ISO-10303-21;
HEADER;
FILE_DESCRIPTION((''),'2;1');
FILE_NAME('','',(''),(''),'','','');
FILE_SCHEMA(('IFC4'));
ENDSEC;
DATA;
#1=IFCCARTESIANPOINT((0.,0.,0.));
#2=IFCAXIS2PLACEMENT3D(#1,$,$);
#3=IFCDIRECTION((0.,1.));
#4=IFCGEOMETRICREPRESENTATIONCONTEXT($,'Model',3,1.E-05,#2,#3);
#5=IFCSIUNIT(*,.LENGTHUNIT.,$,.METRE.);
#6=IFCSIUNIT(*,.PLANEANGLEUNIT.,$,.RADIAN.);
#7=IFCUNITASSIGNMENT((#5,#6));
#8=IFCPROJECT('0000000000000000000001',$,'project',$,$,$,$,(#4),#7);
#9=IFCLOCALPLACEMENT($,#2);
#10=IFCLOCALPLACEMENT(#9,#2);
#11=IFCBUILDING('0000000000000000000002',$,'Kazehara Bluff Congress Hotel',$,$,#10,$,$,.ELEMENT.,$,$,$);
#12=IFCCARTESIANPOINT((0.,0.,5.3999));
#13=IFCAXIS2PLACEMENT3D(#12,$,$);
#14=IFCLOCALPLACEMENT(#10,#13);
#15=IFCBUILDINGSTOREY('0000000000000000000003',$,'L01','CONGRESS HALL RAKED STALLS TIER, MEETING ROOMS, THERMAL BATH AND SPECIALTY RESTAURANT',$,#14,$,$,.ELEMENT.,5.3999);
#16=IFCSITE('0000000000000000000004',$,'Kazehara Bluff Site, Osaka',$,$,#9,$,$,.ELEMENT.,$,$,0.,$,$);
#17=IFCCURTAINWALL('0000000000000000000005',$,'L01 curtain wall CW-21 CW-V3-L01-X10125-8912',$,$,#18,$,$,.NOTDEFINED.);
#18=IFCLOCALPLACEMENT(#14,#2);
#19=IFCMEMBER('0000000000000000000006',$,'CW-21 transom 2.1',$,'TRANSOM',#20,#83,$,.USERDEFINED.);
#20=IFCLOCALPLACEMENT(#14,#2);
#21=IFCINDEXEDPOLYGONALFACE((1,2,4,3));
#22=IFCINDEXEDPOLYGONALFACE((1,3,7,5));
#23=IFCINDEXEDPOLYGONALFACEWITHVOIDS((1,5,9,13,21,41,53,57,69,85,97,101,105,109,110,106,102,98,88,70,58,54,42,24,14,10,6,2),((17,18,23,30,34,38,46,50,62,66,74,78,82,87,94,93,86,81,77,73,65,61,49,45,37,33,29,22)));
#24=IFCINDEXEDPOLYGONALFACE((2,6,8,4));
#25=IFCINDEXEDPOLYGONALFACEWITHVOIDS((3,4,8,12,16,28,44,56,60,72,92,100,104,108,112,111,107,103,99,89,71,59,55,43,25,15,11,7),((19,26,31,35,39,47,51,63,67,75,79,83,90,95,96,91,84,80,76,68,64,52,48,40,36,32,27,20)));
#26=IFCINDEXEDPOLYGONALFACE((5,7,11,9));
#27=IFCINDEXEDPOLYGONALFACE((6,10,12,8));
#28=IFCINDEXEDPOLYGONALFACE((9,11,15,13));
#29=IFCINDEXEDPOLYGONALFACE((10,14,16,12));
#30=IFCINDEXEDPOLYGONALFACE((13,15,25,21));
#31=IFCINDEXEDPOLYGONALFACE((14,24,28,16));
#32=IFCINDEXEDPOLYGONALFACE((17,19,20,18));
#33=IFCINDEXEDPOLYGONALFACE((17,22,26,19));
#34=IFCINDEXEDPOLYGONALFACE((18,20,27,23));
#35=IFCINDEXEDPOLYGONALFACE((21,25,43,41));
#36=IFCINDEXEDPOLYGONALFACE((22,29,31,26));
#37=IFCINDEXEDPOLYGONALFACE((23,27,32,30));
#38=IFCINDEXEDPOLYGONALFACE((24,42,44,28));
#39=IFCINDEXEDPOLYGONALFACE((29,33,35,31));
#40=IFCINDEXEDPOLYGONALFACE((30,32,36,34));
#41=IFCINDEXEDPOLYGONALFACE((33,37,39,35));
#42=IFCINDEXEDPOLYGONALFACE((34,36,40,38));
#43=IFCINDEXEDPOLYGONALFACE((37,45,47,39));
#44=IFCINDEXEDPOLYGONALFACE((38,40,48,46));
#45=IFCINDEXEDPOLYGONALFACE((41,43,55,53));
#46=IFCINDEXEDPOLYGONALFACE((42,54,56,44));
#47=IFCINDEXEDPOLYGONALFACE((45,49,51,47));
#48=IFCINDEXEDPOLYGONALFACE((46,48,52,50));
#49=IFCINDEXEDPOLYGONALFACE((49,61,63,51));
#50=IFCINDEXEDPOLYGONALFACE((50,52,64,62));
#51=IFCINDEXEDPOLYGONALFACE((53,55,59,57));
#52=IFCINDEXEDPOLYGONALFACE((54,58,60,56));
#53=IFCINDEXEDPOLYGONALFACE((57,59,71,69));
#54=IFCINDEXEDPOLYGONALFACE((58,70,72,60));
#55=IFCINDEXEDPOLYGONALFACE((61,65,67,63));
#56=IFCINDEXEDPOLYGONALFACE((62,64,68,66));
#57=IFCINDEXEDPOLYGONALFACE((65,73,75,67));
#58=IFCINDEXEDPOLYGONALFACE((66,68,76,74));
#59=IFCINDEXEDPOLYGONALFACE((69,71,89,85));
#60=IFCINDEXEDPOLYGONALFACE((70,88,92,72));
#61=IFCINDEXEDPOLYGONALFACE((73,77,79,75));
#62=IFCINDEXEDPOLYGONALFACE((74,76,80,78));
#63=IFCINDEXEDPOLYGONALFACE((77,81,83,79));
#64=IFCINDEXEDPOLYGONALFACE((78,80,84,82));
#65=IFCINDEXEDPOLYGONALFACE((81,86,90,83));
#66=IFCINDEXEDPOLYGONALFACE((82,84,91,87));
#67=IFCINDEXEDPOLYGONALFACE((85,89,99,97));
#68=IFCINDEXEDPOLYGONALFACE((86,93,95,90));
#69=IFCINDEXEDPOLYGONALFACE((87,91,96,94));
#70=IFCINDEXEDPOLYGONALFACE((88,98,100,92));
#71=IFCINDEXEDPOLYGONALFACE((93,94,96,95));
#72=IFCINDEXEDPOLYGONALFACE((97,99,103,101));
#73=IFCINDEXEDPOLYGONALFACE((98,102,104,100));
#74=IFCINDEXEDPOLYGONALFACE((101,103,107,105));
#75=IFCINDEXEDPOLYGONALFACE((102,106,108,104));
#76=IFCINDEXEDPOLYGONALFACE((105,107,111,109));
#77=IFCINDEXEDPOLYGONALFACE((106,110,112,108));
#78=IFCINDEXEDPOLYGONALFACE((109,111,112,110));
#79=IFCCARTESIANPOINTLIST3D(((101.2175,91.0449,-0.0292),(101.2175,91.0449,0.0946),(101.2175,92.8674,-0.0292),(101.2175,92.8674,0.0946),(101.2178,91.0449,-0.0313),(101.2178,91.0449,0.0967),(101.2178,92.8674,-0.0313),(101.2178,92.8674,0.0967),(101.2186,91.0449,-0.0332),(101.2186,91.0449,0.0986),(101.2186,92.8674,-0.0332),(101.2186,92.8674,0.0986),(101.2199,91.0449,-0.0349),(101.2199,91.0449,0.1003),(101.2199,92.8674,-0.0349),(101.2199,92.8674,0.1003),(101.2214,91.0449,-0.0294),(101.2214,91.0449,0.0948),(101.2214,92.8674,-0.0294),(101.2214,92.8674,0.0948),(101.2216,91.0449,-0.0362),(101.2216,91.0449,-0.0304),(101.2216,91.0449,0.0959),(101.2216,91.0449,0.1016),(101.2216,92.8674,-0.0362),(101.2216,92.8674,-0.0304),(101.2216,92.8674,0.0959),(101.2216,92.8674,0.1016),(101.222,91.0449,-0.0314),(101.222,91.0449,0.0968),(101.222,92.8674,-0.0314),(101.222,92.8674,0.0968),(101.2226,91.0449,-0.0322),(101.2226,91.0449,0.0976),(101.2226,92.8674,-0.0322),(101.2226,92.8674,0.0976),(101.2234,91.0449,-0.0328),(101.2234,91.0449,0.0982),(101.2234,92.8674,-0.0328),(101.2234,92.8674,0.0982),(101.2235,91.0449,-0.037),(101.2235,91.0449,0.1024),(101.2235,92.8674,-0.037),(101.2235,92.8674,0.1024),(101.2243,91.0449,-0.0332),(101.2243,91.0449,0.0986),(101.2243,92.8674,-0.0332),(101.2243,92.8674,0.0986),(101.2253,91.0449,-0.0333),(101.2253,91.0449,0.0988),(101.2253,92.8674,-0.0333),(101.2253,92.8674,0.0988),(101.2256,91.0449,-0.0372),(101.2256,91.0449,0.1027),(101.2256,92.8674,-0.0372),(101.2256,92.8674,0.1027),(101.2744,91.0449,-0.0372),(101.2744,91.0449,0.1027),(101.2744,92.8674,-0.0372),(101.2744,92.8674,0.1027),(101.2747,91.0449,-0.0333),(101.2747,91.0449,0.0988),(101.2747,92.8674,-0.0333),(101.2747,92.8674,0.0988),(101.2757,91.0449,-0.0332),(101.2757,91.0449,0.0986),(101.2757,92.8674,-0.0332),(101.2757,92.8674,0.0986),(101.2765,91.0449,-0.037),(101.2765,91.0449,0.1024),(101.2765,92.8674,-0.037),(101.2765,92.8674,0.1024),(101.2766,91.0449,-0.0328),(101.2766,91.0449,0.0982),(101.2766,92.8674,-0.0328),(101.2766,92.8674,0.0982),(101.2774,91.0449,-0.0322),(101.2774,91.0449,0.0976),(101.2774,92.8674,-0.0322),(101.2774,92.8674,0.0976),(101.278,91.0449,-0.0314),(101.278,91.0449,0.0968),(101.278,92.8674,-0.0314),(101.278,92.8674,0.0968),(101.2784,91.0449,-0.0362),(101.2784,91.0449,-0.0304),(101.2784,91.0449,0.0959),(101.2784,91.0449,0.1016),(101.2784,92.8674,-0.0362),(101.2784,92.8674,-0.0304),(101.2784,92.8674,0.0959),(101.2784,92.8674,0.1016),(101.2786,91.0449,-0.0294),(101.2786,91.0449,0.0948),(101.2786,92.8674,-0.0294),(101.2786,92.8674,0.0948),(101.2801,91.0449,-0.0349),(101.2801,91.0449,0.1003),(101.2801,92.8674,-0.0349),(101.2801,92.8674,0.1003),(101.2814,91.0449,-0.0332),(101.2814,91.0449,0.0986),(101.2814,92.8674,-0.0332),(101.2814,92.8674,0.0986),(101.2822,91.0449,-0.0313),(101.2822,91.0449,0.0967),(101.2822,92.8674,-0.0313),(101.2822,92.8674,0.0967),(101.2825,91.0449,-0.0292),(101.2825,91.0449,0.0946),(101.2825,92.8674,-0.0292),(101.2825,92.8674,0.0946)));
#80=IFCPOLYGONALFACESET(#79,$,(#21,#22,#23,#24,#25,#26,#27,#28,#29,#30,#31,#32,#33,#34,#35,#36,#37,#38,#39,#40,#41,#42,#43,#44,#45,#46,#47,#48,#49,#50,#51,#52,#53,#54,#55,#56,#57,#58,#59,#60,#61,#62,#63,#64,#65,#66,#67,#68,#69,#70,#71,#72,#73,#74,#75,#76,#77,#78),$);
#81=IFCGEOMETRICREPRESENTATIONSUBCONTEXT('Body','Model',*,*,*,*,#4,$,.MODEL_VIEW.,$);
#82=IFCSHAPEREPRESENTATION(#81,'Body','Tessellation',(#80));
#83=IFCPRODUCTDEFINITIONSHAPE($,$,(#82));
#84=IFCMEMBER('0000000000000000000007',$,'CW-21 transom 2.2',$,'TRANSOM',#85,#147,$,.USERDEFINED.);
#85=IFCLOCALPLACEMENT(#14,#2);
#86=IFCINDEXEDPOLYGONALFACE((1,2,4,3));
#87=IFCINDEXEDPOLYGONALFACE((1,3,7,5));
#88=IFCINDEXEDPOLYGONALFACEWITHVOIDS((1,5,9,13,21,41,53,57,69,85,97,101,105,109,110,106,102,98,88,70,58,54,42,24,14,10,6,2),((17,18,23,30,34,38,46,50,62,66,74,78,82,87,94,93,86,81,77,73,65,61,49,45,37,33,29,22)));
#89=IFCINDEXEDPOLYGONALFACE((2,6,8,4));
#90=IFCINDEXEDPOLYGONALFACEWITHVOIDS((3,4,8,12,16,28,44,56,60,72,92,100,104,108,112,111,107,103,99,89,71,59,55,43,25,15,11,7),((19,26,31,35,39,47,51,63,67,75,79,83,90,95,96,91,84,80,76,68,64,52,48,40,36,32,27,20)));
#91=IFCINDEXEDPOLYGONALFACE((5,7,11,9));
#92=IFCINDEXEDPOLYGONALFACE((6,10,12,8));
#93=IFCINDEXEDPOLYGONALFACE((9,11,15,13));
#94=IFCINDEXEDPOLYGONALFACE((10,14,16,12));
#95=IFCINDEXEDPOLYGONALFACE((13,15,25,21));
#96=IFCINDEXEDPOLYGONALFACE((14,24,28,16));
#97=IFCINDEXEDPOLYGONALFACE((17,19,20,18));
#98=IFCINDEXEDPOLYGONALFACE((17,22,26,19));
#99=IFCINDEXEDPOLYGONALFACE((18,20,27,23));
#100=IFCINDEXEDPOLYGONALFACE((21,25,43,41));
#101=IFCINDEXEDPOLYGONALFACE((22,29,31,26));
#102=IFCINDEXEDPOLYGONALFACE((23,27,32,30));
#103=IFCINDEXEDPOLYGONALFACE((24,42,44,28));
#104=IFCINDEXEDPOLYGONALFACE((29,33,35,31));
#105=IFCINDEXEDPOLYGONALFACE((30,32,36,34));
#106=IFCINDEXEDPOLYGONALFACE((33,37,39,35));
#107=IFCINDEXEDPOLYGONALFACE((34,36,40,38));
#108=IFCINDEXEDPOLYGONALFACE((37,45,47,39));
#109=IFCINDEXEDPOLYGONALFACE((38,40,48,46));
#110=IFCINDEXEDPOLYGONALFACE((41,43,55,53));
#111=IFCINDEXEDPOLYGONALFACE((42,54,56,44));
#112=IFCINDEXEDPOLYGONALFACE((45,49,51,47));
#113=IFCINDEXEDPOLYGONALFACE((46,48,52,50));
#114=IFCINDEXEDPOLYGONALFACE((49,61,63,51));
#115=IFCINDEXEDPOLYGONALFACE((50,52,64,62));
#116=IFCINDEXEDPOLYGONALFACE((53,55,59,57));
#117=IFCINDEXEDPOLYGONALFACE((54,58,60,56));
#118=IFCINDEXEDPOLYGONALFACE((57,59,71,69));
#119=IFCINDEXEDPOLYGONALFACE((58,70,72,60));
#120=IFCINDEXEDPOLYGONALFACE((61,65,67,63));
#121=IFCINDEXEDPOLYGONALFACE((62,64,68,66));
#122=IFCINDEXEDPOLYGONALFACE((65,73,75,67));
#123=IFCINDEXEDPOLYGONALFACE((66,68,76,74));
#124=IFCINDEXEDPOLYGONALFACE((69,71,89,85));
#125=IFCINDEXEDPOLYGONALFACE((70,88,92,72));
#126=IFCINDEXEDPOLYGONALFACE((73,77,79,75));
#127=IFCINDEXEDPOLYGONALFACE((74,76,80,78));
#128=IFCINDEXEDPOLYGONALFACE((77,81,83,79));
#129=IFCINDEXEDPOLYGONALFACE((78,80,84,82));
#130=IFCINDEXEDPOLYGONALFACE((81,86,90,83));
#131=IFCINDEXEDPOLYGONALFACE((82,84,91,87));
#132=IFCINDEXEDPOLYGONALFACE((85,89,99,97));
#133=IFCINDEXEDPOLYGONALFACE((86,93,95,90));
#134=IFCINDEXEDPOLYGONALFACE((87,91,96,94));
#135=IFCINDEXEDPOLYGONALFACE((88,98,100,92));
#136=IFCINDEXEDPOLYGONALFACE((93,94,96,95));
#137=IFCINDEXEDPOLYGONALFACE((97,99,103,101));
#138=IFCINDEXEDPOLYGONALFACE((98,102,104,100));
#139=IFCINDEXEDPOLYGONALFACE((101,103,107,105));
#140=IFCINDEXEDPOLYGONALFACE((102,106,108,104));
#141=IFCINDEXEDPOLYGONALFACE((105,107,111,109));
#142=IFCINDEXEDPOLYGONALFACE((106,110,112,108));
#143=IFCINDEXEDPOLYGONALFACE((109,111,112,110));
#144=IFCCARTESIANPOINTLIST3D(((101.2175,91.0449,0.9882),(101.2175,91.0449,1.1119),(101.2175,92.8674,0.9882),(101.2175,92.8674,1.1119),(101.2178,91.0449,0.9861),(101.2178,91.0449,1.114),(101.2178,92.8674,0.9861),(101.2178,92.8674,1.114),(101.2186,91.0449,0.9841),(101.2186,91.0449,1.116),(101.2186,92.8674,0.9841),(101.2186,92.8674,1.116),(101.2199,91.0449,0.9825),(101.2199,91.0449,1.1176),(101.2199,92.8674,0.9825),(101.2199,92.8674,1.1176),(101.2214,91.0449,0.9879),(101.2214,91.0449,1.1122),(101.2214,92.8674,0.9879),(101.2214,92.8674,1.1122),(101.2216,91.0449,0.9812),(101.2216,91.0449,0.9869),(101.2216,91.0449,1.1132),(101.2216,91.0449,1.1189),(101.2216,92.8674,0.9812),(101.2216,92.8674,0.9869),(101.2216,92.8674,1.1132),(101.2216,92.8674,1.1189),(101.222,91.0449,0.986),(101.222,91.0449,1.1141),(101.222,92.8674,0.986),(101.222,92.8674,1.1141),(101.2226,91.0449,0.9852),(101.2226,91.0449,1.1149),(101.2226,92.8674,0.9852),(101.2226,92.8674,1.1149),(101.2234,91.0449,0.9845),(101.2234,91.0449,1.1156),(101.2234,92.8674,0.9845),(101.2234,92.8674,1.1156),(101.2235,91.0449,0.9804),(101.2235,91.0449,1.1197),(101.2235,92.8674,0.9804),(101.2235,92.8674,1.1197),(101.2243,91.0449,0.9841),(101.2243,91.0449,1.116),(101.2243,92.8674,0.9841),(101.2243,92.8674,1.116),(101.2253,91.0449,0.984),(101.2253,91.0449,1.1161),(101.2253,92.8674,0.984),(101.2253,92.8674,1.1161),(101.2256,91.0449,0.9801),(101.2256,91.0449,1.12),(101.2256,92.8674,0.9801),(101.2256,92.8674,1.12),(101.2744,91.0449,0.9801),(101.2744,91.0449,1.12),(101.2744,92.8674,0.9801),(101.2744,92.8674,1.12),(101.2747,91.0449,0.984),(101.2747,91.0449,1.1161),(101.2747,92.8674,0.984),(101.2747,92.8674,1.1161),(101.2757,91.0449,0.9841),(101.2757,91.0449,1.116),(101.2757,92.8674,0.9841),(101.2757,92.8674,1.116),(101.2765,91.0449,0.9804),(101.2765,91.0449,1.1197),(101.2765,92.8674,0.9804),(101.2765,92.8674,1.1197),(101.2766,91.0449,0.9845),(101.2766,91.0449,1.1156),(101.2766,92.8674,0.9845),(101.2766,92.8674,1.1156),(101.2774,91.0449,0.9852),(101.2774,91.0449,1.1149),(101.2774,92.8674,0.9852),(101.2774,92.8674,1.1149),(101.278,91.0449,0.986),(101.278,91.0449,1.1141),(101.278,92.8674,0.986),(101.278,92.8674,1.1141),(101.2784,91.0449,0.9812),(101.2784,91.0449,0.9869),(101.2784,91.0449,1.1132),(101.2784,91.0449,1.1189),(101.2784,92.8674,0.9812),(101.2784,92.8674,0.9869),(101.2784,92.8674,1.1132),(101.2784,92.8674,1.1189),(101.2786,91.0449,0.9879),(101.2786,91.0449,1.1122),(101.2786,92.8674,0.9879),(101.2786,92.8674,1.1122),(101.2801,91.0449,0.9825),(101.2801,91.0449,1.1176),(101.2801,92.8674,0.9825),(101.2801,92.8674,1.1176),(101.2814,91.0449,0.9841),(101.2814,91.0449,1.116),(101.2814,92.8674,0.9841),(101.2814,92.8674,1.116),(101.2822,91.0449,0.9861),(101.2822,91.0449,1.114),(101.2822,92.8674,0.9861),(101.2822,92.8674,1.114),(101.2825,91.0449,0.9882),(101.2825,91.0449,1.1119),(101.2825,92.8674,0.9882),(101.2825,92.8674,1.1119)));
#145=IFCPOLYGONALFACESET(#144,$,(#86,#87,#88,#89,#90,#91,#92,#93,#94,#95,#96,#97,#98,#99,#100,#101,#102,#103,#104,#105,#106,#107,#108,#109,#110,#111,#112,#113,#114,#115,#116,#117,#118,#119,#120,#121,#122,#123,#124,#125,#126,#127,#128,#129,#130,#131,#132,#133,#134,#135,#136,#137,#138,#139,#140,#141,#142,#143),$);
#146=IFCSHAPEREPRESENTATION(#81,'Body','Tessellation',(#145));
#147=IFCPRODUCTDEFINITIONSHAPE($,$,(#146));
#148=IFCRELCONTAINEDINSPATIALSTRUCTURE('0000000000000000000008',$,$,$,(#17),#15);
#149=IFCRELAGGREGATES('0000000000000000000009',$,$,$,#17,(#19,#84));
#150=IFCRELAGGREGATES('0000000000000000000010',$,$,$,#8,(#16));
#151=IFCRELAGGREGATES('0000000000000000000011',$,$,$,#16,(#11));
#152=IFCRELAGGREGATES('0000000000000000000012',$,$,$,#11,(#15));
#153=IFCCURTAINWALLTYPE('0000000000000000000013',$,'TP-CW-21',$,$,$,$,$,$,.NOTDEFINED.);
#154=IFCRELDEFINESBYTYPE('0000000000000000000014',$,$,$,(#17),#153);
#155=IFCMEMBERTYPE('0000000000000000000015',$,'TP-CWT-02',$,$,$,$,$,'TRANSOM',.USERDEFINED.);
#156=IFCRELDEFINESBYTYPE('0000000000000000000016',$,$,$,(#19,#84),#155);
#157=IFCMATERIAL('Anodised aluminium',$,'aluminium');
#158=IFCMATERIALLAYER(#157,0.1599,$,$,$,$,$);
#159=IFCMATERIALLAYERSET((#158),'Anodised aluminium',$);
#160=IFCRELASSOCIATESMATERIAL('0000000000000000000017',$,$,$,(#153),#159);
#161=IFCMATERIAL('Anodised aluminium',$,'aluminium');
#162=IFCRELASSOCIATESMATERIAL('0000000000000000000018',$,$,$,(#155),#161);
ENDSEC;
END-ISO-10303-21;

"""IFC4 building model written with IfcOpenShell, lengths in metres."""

from ifc_helpers import new_model, si_unit, direction, frame, origin, origin_2d, place, context, subcontext, project, spatial, hollow_rectangle, extrude, material, layer, layer_set, material_profile, profile_set, type_object, element, aggregate, save


model = new_model("IFC4")

# Units and contexts
model_context = context("Model", 3, precision=1e-05, world=origin(), true_north=direction((0.0, 1.0)))
body_context = subcontext(model_context, "Body", "Model", "MODEL_VIEW")
ifc_project = project(units=[si_unit("LENGTHUNIT", "METRE"), si_unit("PLANEANGLEUNIT", "RADIAN")], contexts=[model_context])

# Site, building, storey
site_placement = place(None, origin())
site = spatial("IfcSite", under=ifc_project, at=site_placement, Name="Kazehara Bluff Site, Osaka", CompositionType="ELEMENT", RefElevation=0.0)
building_placement = place(site_placement, origin())
building = spatial("IfcBuilding", under=site, at=building_placement, Name="Kazehara Bluff Congress Hotel", CompositionType="ELEMENT")
storey_placement = place(building_placement, frame((0.0, 0.0, 5.3999)))
storey = spatial("IfcBuildingStorey", under=building, at=storey_placement, Name="L01", Description="CONGRESS HALL RAKED STALLS TIER, MEETING ROOMS, THERMAL BATH AND SPECIALTY RESTAURANT", CompositionType="ELEMENT", Elevation=5.3999)

# Curtain wall
ifc_material_1 = material(Name="Anodised aluminium", Category="aluminium")
ifc_layer_1 = layer(ifc_material_1, 0.1599)
ifc_layer_set_1 = layer_set([ifc_layer_1], Name="Anodised aluminium")
curtain_wall_type = type_object("IfcCurtainWallType", Name="TP-CW-21", PredefinedType="NOTDEFINED", material=ifc_layer_set_1)
curtain_wall_1_placement = place(storey_placement, origin())
curtain_wall_1 = element("IfcCurtainWall", 1, at=curtain_wall_1_placement, inside=storey, type_object=curtain_wall_type, Name="L01 curtain wall CW-21 CW-V3-L01-X10125-8912", PredefinedType="NOTDEFINED")

# Members
ifc_material_2 = material(Name="Anodised aluminium", Category="aluminium")
ifc_material_profile_1 = material_profile(ifc_material_2, hollow_rectangle(XDim=0.0649, YDim=0.1399, WallThickness=0.0039, InnerFilletRadius=0.0039, OuterFilletRadius=0.0081, at=origin_2d()))
ifc_profile_set_1 = profile_set([ifc_material_profile_1], Name="Anodised aluminium")
member_type_1 = type_object("IfcMemberType", Name="TP-CWT-02", ElementType="TRANSOM", PredefinedType="USERDEFINED", material=ifc_profile_set_1)
member_1_placement = place(storey_placement, frame((101.25, 91.0449, 0.0327), z_axis=(0.0, 1.0, 0.0), x_axis=(-1.0, 0.0, 0.0)))
member_1 = element("IfcMember", 2, at=member_1_placement, type_object=member_type_1, Name="CW-21 transom 2.1", ObjectType="TRANSOM", PredefinedType="USERDEFINED", context=body_context, shape_type="SweptSolid", body=[
    extrude(hollow_rectangle(XDim=0.0649, YDim=0.1399, WallThickness=0.0039, InnerFilletRadius=0.0039, OuterFilletRadius=0.0081, at=origin_2d()), origin(), (0.0, 0.0, 1.0), 1.8225),
])
member_2_placement = place(storey_placement, frame((101.25, 91.0449, 1.05), z_axis=(0.0, 1.0, 0.0), x_axis=(-1.0, 0.0, 0.0)))
member_2 = element("IfcMember", 3, at=member_2_placement, type_object=member_type_1, Name="CW-21 transom 2.2", ObjectType="TRANSOM", PredefinedType="USERDEFINED", context=body_context, shape_type="SweptSolid", body=[
    extrude(hollow_rectangle(XDim=0.0649, YDim=0.1399, WallThickness=0.0039, InnerFilletRadius=0.0039, OuterFilletRadius=0.0081, at=origin_2d()), origin(), (0.0, 0.0, 1.0), 1.8225),
])

aggregate(curtain_wall_1, [member_1, member_2])

save(model, "model.ifc")
